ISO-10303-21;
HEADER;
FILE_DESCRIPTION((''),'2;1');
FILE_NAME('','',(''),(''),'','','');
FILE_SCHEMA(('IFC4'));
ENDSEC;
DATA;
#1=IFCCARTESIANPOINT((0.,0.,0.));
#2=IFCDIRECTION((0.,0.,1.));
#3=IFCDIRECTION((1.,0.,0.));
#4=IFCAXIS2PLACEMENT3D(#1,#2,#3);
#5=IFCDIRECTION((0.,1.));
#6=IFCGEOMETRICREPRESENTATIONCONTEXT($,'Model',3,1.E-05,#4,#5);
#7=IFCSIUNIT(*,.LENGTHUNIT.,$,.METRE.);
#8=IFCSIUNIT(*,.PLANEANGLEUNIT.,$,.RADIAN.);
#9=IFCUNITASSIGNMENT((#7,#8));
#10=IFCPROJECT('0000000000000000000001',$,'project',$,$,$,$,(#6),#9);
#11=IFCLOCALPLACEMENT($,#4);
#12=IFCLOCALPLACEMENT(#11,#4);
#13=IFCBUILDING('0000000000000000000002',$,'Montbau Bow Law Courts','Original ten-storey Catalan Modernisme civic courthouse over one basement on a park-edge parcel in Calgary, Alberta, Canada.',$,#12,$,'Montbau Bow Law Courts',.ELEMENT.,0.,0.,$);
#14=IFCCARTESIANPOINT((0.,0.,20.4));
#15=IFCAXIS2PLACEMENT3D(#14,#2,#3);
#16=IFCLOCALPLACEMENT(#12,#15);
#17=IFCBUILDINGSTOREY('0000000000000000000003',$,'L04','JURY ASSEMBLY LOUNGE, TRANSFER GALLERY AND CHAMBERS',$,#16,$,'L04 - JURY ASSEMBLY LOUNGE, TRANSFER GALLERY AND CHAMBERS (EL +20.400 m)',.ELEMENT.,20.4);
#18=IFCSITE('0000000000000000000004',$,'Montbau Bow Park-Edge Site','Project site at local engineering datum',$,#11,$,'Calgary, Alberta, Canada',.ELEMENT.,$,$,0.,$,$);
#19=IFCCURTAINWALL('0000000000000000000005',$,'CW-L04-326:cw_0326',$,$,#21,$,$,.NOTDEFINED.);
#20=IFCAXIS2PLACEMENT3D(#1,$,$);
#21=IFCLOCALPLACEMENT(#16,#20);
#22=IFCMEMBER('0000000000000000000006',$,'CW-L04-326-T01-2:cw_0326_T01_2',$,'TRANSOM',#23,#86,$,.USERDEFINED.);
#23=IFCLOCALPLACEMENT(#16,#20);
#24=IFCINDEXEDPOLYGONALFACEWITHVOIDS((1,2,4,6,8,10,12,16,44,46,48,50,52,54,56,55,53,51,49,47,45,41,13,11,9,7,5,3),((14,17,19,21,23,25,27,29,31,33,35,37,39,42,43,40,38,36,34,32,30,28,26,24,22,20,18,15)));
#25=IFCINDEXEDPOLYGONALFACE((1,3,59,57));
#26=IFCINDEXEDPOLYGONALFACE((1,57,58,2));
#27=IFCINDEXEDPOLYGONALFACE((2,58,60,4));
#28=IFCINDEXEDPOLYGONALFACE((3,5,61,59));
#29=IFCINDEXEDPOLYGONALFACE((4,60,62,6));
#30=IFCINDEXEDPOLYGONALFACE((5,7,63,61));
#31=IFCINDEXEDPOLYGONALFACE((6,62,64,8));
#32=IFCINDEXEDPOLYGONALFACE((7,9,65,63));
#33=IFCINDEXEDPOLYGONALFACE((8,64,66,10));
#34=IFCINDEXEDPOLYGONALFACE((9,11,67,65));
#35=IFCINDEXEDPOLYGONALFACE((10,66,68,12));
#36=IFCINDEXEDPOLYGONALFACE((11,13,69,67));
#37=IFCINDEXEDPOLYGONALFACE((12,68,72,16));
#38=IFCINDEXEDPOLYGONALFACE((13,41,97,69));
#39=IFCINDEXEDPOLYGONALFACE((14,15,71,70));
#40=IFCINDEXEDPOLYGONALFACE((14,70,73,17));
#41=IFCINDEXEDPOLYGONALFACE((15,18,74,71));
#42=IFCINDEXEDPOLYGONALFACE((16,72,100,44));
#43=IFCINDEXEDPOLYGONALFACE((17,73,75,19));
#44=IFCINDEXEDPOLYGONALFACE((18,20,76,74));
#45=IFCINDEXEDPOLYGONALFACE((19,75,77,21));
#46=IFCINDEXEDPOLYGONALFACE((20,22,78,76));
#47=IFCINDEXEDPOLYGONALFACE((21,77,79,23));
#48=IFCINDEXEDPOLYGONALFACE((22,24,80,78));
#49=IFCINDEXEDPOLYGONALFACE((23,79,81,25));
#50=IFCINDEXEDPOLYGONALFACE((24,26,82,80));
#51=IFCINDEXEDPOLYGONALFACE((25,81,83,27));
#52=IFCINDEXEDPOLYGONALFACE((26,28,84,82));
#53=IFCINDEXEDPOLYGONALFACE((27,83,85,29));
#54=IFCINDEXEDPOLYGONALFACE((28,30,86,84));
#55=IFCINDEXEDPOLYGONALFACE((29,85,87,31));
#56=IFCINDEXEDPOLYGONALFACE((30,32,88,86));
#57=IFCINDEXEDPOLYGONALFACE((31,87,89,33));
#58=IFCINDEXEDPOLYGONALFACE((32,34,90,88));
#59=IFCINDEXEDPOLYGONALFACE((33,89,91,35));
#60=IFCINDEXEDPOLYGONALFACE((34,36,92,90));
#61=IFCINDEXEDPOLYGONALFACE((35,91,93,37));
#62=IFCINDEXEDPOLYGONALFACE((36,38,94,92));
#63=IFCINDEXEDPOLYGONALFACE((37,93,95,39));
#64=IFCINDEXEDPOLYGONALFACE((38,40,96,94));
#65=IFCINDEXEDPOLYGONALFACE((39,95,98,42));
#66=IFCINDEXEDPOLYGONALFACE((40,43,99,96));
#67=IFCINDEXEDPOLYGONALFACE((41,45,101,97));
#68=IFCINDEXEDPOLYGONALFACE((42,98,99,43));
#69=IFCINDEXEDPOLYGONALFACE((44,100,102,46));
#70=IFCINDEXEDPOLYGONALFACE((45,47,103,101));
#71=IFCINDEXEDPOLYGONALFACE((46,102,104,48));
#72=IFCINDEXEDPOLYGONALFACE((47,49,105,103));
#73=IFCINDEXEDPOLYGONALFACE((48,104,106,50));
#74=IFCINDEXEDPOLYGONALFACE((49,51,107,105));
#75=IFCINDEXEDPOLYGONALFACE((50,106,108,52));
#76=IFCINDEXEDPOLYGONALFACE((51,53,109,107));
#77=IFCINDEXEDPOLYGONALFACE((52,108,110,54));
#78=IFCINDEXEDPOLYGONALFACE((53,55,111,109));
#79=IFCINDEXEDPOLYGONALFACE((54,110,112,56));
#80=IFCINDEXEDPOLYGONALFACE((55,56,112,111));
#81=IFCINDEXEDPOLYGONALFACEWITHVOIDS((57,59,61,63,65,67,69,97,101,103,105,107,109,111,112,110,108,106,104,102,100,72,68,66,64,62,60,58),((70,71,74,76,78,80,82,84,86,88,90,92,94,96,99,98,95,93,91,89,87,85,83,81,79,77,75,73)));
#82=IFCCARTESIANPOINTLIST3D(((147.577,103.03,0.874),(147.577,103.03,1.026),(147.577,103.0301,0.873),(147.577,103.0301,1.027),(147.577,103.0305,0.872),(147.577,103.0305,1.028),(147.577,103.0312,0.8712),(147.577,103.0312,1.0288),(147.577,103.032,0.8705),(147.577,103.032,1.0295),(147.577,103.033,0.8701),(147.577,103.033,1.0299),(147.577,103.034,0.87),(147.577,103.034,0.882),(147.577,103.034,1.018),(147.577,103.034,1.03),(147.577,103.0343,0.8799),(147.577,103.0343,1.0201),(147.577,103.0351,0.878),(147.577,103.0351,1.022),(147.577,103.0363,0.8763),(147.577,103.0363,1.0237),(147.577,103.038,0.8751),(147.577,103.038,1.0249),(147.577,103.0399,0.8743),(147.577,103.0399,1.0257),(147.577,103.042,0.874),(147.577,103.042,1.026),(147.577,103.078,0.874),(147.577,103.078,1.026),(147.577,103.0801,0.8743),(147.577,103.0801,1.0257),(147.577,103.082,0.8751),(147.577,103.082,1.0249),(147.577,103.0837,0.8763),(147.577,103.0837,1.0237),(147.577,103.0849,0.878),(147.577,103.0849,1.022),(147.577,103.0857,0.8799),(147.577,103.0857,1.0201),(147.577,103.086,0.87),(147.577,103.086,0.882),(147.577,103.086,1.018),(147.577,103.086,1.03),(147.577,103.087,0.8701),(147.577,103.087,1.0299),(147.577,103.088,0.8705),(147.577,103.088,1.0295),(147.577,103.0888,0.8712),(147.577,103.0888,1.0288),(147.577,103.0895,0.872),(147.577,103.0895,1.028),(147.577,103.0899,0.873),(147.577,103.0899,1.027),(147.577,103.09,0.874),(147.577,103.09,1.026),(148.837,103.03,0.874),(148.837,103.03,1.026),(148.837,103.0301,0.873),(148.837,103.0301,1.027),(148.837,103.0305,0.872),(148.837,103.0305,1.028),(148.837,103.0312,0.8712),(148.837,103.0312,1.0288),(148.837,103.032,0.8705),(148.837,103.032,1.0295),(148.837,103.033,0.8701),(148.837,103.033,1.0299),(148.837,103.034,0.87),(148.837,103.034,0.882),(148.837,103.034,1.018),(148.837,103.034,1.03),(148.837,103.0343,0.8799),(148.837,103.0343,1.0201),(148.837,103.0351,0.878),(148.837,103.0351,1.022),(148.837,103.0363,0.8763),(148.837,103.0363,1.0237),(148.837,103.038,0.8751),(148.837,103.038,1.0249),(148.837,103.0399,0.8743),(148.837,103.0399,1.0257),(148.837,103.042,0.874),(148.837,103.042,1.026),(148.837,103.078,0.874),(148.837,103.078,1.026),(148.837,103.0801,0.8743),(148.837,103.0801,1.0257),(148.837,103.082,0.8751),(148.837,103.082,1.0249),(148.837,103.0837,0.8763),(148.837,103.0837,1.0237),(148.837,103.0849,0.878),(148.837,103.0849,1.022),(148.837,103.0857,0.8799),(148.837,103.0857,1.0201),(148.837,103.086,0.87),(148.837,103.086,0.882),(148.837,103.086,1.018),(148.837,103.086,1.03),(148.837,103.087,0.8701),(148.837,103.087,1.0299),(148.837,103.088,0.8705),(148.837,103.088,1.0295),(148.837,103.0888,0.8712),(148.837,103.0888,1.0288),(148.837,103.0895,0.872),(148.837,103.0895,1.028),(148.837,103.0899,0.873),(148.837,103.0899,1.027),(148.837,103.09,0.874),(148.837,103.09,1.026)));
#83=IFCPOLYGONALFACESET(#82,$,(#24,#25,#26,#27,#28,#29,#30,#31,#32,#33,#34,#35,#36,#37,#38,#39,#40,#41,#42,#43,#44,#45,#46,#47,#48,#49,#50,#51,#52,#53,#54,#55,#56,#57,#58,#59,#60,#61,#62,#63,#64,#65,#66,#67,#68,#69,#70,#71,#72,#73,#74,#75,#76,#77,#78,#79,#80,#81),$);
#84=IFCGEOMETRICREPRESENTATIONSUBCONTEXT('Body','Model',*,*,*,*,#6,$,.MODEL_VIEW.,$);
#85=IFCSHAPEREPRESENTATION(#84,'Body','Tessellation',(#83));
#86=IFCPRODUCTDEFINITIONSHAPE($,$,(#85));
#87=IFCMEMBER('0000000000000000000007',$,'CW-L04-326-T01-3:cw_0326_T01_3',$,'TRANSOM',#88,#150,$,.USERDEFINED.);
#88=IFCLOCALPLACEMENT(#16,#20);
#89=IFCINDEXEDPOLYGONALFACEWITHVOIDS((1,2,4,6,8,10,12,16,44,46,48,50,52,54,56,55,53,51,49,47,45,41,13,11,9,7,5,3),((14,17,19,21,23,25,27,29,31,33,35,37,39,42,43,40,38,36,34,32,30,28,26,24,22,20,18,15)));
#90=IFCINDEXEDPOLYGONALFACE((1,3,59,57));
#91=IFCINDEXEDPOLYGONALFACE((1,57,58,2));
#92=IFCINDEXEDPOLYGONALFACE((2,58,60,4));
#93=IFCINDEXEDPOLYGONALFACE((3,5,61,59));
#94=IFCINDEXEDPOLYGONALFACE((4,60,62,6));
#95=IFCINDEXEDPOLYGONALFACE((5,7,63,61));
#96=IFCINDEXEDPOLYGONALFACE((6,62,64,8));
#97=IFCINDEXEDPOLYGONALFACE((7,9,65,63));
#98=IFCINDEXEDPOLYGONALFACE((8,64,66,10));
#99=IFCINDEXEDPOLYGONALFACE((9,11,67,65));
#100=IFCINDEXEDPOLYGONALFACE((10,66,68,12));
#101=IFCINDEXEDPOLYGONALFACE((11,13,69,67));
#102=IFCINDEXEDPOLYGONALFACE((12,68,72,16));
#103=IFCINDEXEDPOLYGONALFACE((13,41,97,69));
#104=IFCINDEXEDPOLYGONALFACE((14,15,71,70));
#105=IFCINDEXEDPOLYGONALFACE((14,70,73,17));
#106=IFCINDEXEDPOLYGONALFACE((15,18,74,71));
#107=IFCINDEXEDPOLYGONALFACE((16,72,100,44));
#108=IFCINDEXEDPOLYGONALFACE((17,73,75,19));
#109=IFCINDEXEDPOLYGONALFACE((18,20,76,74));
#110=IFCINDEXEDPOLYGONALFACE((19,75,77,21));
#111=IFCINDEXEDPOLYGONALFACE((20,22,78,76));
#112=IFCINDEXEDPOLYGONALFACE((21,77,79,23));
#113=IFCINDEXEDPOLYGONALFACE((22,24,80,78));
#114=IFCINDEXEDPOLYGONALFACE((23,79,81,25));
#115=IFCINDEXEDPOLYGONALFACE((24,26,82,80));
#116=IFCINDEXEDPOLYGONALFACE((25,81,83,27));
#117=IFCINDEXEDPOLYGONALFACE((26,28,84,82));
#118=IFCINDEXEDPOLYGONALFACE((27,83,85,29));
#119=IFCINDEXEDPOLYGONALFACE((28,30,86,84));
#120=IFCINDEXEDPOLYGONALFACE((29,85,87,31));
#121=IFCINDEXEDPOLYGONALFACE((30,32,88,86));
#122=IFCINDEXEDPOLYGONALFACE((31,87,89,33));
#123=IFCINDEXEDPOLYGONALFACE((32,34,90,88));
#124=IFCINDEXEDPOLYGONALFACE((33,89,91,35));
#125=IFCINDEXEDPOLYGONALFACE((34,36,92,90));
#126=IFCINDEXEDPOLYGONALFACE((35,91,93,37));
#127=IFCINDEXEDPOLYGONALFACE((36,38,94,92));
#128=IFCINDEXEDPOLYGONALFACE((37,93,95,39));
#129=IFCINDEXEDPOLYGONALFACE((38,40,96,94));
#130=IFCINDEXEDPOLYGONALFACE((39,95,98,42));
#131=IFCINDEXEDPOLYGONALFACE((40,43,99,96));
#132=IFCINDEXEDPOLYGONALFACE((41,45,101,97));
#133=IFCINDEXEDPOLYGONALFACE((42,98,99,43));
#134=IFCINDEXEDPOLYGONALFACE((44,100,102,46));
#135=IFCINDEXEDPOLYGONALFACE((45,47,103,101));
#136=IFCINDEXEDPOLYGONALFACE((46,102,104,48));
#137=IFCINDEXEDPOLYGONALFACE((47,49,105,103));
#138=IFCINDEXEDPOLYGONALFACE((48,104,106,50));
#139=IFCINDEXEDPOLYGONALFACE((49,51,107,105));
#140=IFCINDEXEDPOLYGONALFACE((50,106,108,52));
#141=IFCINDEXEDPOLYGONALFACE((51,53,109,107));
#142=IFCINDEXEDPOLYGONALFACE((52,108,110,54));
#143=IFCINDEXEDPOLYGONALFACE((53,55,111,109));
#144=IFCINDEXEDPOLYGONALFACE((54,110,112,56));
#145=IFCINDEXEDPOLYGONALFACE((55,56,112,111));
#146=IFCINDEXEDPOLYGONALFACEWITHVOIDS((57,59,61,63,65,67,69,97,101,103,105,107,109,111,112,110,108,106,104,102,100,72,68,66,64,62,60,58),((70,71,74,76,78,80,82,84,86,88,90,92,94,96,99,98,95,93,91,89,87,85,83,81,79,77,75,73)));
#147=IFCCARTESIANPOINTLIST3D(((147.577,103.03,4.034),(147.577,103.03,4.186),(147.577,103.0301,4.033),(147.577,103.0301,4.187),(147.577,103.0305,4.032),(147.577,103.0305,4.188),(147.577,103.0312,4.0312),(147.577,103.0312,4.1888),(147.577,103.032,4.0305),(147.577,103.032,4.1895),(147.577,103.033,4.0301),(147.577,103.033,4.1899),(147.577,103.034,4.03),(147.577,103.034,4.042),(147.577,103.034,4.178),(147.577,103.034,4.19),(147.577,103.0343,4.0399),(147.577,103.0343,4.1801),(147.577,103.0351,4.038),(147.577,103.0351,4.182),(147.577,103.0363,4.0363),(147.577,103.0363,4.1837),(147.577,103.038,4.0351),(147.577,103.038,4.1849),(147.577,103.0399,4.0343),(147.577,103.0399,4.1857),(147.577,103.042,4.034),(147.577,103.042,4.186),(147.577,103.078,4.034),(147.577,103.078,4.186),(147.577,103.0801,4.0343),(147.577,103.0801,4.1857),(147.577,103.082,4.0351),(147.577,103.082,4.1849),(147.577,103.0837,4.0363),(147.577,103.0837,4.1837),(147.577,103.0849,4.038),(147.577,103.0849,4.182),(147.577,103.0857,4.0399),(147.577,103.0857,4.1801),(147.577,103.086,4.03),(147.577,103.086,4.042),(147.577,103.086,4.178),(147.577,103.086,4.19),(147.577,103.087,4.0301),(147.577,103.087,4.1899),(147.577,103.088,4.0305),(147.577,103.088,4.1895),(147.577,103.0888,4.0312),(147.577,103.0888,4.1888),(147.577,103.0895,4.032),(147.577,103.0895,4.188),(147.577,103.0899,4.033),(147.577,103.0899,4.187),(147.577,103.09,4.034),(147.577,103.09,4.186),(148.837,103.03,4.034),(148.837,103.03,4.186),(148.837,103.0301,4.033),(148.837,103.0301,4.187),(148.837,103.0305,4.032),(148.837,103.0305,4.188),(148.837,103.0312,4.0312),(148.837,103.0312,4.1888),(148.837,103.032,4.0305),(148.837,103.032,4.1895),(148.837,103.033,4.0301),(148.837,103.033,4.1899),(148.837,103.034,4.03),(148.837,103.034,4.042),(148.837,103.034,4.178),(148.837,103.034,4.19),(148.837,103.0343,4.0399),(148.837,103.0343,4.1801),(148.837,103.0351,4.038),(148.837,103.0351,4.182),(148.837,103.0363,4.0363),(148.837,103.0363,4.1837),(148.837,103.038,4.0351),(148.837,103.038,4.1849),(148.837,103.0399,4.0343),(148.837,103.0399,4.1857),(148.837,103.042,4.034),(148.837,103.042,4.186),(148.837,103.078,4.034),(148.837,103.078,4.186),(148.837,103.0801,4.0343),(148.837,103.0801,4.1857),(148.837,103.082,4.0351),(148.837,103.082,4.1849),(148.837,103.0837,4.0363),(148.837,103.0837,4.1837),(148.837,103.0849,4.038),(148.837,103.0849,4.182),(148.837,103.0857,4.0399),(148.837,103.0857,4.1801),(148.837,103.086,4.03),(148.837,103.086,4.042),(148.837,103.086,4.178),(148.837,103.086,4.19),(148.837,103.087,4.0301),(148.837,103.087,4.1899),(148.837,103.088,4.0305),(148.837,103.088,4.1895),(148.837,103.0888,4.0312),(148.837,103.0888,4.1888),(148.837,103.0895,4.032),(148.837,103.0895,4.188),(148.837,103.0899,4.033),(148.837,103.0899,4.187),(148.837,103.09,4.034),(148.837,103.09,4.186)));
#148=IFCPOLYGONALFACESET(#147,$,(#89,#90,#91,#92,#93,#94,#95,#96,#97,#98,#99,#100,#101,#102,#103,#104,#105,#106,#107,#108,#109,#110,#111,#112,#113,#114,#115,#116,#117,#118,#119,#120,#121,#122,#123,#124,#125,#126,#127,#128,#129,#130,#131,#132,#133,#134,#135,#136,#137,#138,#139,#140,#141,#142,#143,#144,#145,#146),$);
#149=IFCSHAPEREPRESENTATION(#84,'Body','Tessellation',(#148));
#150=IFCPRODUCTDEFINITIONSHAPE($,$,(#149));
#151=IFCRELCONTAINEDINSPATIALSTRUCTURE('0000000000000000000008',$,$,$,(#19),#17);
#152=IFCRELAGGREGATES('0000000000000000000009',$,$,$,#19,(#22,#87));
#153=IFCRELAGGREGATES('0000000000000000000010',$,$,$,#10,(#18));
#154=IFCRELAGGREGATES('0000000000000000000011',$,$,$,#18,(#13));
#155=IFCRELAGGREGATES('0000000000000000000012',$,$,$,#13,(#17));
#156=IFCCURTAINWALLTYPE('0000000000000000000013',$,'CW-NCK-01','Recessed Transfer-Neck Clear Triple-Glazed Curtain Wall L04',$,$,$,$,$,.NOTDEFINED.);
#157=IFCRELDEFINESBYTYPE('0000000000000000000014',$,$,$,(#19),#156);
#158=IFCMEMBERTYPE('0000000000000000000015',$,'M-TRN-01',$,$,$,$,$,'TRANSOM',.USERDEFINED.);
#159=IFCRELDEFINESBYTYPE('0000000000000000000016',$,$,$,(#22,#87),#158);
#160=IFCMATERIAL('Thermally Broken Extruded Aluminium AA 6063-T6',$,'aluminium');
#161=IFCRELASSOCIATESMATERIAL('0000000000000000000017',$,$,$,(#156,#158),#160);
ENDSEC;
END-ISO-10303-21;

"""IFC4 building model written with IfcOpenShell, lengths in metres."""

from ifc_helpers import new_model, si_unit, direction, frame, origin_with_axes, origin_2d_with_axis, place, context, subcontext, project, spatial, hollow_rectangle, extrude, material, material_profile, profile_set, type_object, element, aggregate, save


model = new_model("IFC4")

# Units and contexts
model_context = context("Model", 3, precision=1e-05, world=origin_with_axes(), true_north=direction((0.0, 1.0)))
body_context = subcontext(model_context, "Body", "Model", "MODEL_VIEW")
ifc_project = project(units=[si_unit("LENGTHUNIT", "METRE"), si_unit("PLANEANGLEUNIT", "RADIAN")], contexts=[model_context])

# Site, building, storey
site_placement = place(None, origin_with_axes())
site = spatial("IfcSite", under=ifc_project, at=site_placement, Name="Montbau Bow Park-Edge Site", Description="Project site at local engineering datum", LongName="Calgary, Alberta, Canada", CompositionType="ELEMENT", RefElevation=0.0)
building_placement = place(site_placement, origin_with_axes())
building = spatial("IfcBuilding", under=site, at=building_placement, Name="Montbau Bow Law Courts", Description="Original ten-storey Catalan Modernisme civic courthouse over one basement on a park-edge parcel in Calgary, Alberta, Canada.", LongName="Montbau Bow Law Courts", CompositionType="ELEMENT", ElevationOfRefHeight=0.0, ElevationOfTerrain=0.0)
storey_placement = place(building_placement, frame((0.0, 0.0, 20.4), z_axis=(0.0, 0.0, 1.0), x_axis=(1.0, 0.0, 0.0)))
storey = spatial("IfcBuildingStorey", under=building, at=storey_placement, Name="L04", Description="JURY ASSEMBLY LOUNGE, TRANSFER GALLERY AND CHAMBERS", LongName="L04 - JURY ASSEMBLY LOUNGE, TRANSFER GALLERY AND CHAMBERS (EL +20.400 m)", CompositionType="ELEMENT", Elevation=20.4)

# Curtain wall, members
ifc_material_1 = material(Name="Thermally Broken Extruded Aluminium AA 6063-T6", Category="aluminium")
curtain_wall_type = type_object("IfcCurtainWallType", Name="CW-NCK-01", Description="Recessed Transfer-Neck Clear Triple-Glazed Curtain Wall L04", PredefinedType="NOTDEFINED", material=ifc_material_1)
curtain_wall_placement = place(None, frame((147.515, 103.06, 20.4), z_axis=(0.0, 0.0, 1.0), x_axis=(1.0, 0.0, 0.0)))
curtain_wall = element("IfcCurtainWall", 1, at=curtain_wall_placement, inside=storey, type_object=curtain_wall_type, Name="CW-L04-326:cw_0326", PredefinedType="NOTDEFINED")
ifc_material_profile_1 = material_profile(ifc_material_1, hollow_rectangle(XDim=0.06, YDim=0.16, WallThickness=0.004, InnerFilletRadius=0.008, OuterFilletRadius=0.004, at=origin_2d_with_axis()), Name="CWT-160X60", Category="Main", Priority=0)
ifc_profile_set_1 = profile_set([ifc_material_profile_1], Name="Thermally Broken Extruded Aluminium AA 6063-T6")
member_type_1 = type_object("IfcMemberType", Name="M-TRN-01", ElementType="TRANSOM", PredefinedType="USERDEFINED", material=ifc_profile_set_1)
member_1_placement = place(None, frame((147.577, 103.06, 21.35), z_axis=(1.0, 0.0, 0.0), x_axis=(0.0, 1.0, 0.0)))
member_1 = element("IfcMember", 2, at=member_1_placement, type_object=member_type_1, Name="CW-L04-326-T01-2:cw_0326_T01_2", ObjectType="TRANSOM", PredefinedType="USERDEFINED", context=body_context, shape_type="SweptSolid", body=[
    extrude(hollow_rectangle(XDim=0.06, YDim=0.16, WallThickness=0.004, InnerFilletRadius=0.008, OuterFilletRadius=0.004, at=origin_2d_with_axis()), origin_with_axes(), (0.0, 0.0, 1.0), 1.26),
])
member_2_placement = place(None, frame((147.577, 103.06, 24.51), z_axis=(1.0, 0.0, 0.0), x_axis=(0.0, 1.0, 0.0)))
member_2 = element("IfcMember", 3, at=member_2_placement, type_object=member_type_1, Name="CW-L04-326-T01-3:cw_0326_T01_3", ObjectType="TRANSOM", PredefinedType="USERDEFINED", context=body_context, shape_type="SweptSolid", body=[
    extrude(hollow_rectangle(XDim=0.06, YDim=0.16, WallThickness=0.004, InnerFilletRadius=0.008, OuterFilletRadius=0.004, at=origin_2d_with_axis()), origin_with_axes(), (0.0, 0.0, 1.0), 1.26),
])
aggregate(curtain_wall, [member_1, member_2])

save(model, "model.ifc")
